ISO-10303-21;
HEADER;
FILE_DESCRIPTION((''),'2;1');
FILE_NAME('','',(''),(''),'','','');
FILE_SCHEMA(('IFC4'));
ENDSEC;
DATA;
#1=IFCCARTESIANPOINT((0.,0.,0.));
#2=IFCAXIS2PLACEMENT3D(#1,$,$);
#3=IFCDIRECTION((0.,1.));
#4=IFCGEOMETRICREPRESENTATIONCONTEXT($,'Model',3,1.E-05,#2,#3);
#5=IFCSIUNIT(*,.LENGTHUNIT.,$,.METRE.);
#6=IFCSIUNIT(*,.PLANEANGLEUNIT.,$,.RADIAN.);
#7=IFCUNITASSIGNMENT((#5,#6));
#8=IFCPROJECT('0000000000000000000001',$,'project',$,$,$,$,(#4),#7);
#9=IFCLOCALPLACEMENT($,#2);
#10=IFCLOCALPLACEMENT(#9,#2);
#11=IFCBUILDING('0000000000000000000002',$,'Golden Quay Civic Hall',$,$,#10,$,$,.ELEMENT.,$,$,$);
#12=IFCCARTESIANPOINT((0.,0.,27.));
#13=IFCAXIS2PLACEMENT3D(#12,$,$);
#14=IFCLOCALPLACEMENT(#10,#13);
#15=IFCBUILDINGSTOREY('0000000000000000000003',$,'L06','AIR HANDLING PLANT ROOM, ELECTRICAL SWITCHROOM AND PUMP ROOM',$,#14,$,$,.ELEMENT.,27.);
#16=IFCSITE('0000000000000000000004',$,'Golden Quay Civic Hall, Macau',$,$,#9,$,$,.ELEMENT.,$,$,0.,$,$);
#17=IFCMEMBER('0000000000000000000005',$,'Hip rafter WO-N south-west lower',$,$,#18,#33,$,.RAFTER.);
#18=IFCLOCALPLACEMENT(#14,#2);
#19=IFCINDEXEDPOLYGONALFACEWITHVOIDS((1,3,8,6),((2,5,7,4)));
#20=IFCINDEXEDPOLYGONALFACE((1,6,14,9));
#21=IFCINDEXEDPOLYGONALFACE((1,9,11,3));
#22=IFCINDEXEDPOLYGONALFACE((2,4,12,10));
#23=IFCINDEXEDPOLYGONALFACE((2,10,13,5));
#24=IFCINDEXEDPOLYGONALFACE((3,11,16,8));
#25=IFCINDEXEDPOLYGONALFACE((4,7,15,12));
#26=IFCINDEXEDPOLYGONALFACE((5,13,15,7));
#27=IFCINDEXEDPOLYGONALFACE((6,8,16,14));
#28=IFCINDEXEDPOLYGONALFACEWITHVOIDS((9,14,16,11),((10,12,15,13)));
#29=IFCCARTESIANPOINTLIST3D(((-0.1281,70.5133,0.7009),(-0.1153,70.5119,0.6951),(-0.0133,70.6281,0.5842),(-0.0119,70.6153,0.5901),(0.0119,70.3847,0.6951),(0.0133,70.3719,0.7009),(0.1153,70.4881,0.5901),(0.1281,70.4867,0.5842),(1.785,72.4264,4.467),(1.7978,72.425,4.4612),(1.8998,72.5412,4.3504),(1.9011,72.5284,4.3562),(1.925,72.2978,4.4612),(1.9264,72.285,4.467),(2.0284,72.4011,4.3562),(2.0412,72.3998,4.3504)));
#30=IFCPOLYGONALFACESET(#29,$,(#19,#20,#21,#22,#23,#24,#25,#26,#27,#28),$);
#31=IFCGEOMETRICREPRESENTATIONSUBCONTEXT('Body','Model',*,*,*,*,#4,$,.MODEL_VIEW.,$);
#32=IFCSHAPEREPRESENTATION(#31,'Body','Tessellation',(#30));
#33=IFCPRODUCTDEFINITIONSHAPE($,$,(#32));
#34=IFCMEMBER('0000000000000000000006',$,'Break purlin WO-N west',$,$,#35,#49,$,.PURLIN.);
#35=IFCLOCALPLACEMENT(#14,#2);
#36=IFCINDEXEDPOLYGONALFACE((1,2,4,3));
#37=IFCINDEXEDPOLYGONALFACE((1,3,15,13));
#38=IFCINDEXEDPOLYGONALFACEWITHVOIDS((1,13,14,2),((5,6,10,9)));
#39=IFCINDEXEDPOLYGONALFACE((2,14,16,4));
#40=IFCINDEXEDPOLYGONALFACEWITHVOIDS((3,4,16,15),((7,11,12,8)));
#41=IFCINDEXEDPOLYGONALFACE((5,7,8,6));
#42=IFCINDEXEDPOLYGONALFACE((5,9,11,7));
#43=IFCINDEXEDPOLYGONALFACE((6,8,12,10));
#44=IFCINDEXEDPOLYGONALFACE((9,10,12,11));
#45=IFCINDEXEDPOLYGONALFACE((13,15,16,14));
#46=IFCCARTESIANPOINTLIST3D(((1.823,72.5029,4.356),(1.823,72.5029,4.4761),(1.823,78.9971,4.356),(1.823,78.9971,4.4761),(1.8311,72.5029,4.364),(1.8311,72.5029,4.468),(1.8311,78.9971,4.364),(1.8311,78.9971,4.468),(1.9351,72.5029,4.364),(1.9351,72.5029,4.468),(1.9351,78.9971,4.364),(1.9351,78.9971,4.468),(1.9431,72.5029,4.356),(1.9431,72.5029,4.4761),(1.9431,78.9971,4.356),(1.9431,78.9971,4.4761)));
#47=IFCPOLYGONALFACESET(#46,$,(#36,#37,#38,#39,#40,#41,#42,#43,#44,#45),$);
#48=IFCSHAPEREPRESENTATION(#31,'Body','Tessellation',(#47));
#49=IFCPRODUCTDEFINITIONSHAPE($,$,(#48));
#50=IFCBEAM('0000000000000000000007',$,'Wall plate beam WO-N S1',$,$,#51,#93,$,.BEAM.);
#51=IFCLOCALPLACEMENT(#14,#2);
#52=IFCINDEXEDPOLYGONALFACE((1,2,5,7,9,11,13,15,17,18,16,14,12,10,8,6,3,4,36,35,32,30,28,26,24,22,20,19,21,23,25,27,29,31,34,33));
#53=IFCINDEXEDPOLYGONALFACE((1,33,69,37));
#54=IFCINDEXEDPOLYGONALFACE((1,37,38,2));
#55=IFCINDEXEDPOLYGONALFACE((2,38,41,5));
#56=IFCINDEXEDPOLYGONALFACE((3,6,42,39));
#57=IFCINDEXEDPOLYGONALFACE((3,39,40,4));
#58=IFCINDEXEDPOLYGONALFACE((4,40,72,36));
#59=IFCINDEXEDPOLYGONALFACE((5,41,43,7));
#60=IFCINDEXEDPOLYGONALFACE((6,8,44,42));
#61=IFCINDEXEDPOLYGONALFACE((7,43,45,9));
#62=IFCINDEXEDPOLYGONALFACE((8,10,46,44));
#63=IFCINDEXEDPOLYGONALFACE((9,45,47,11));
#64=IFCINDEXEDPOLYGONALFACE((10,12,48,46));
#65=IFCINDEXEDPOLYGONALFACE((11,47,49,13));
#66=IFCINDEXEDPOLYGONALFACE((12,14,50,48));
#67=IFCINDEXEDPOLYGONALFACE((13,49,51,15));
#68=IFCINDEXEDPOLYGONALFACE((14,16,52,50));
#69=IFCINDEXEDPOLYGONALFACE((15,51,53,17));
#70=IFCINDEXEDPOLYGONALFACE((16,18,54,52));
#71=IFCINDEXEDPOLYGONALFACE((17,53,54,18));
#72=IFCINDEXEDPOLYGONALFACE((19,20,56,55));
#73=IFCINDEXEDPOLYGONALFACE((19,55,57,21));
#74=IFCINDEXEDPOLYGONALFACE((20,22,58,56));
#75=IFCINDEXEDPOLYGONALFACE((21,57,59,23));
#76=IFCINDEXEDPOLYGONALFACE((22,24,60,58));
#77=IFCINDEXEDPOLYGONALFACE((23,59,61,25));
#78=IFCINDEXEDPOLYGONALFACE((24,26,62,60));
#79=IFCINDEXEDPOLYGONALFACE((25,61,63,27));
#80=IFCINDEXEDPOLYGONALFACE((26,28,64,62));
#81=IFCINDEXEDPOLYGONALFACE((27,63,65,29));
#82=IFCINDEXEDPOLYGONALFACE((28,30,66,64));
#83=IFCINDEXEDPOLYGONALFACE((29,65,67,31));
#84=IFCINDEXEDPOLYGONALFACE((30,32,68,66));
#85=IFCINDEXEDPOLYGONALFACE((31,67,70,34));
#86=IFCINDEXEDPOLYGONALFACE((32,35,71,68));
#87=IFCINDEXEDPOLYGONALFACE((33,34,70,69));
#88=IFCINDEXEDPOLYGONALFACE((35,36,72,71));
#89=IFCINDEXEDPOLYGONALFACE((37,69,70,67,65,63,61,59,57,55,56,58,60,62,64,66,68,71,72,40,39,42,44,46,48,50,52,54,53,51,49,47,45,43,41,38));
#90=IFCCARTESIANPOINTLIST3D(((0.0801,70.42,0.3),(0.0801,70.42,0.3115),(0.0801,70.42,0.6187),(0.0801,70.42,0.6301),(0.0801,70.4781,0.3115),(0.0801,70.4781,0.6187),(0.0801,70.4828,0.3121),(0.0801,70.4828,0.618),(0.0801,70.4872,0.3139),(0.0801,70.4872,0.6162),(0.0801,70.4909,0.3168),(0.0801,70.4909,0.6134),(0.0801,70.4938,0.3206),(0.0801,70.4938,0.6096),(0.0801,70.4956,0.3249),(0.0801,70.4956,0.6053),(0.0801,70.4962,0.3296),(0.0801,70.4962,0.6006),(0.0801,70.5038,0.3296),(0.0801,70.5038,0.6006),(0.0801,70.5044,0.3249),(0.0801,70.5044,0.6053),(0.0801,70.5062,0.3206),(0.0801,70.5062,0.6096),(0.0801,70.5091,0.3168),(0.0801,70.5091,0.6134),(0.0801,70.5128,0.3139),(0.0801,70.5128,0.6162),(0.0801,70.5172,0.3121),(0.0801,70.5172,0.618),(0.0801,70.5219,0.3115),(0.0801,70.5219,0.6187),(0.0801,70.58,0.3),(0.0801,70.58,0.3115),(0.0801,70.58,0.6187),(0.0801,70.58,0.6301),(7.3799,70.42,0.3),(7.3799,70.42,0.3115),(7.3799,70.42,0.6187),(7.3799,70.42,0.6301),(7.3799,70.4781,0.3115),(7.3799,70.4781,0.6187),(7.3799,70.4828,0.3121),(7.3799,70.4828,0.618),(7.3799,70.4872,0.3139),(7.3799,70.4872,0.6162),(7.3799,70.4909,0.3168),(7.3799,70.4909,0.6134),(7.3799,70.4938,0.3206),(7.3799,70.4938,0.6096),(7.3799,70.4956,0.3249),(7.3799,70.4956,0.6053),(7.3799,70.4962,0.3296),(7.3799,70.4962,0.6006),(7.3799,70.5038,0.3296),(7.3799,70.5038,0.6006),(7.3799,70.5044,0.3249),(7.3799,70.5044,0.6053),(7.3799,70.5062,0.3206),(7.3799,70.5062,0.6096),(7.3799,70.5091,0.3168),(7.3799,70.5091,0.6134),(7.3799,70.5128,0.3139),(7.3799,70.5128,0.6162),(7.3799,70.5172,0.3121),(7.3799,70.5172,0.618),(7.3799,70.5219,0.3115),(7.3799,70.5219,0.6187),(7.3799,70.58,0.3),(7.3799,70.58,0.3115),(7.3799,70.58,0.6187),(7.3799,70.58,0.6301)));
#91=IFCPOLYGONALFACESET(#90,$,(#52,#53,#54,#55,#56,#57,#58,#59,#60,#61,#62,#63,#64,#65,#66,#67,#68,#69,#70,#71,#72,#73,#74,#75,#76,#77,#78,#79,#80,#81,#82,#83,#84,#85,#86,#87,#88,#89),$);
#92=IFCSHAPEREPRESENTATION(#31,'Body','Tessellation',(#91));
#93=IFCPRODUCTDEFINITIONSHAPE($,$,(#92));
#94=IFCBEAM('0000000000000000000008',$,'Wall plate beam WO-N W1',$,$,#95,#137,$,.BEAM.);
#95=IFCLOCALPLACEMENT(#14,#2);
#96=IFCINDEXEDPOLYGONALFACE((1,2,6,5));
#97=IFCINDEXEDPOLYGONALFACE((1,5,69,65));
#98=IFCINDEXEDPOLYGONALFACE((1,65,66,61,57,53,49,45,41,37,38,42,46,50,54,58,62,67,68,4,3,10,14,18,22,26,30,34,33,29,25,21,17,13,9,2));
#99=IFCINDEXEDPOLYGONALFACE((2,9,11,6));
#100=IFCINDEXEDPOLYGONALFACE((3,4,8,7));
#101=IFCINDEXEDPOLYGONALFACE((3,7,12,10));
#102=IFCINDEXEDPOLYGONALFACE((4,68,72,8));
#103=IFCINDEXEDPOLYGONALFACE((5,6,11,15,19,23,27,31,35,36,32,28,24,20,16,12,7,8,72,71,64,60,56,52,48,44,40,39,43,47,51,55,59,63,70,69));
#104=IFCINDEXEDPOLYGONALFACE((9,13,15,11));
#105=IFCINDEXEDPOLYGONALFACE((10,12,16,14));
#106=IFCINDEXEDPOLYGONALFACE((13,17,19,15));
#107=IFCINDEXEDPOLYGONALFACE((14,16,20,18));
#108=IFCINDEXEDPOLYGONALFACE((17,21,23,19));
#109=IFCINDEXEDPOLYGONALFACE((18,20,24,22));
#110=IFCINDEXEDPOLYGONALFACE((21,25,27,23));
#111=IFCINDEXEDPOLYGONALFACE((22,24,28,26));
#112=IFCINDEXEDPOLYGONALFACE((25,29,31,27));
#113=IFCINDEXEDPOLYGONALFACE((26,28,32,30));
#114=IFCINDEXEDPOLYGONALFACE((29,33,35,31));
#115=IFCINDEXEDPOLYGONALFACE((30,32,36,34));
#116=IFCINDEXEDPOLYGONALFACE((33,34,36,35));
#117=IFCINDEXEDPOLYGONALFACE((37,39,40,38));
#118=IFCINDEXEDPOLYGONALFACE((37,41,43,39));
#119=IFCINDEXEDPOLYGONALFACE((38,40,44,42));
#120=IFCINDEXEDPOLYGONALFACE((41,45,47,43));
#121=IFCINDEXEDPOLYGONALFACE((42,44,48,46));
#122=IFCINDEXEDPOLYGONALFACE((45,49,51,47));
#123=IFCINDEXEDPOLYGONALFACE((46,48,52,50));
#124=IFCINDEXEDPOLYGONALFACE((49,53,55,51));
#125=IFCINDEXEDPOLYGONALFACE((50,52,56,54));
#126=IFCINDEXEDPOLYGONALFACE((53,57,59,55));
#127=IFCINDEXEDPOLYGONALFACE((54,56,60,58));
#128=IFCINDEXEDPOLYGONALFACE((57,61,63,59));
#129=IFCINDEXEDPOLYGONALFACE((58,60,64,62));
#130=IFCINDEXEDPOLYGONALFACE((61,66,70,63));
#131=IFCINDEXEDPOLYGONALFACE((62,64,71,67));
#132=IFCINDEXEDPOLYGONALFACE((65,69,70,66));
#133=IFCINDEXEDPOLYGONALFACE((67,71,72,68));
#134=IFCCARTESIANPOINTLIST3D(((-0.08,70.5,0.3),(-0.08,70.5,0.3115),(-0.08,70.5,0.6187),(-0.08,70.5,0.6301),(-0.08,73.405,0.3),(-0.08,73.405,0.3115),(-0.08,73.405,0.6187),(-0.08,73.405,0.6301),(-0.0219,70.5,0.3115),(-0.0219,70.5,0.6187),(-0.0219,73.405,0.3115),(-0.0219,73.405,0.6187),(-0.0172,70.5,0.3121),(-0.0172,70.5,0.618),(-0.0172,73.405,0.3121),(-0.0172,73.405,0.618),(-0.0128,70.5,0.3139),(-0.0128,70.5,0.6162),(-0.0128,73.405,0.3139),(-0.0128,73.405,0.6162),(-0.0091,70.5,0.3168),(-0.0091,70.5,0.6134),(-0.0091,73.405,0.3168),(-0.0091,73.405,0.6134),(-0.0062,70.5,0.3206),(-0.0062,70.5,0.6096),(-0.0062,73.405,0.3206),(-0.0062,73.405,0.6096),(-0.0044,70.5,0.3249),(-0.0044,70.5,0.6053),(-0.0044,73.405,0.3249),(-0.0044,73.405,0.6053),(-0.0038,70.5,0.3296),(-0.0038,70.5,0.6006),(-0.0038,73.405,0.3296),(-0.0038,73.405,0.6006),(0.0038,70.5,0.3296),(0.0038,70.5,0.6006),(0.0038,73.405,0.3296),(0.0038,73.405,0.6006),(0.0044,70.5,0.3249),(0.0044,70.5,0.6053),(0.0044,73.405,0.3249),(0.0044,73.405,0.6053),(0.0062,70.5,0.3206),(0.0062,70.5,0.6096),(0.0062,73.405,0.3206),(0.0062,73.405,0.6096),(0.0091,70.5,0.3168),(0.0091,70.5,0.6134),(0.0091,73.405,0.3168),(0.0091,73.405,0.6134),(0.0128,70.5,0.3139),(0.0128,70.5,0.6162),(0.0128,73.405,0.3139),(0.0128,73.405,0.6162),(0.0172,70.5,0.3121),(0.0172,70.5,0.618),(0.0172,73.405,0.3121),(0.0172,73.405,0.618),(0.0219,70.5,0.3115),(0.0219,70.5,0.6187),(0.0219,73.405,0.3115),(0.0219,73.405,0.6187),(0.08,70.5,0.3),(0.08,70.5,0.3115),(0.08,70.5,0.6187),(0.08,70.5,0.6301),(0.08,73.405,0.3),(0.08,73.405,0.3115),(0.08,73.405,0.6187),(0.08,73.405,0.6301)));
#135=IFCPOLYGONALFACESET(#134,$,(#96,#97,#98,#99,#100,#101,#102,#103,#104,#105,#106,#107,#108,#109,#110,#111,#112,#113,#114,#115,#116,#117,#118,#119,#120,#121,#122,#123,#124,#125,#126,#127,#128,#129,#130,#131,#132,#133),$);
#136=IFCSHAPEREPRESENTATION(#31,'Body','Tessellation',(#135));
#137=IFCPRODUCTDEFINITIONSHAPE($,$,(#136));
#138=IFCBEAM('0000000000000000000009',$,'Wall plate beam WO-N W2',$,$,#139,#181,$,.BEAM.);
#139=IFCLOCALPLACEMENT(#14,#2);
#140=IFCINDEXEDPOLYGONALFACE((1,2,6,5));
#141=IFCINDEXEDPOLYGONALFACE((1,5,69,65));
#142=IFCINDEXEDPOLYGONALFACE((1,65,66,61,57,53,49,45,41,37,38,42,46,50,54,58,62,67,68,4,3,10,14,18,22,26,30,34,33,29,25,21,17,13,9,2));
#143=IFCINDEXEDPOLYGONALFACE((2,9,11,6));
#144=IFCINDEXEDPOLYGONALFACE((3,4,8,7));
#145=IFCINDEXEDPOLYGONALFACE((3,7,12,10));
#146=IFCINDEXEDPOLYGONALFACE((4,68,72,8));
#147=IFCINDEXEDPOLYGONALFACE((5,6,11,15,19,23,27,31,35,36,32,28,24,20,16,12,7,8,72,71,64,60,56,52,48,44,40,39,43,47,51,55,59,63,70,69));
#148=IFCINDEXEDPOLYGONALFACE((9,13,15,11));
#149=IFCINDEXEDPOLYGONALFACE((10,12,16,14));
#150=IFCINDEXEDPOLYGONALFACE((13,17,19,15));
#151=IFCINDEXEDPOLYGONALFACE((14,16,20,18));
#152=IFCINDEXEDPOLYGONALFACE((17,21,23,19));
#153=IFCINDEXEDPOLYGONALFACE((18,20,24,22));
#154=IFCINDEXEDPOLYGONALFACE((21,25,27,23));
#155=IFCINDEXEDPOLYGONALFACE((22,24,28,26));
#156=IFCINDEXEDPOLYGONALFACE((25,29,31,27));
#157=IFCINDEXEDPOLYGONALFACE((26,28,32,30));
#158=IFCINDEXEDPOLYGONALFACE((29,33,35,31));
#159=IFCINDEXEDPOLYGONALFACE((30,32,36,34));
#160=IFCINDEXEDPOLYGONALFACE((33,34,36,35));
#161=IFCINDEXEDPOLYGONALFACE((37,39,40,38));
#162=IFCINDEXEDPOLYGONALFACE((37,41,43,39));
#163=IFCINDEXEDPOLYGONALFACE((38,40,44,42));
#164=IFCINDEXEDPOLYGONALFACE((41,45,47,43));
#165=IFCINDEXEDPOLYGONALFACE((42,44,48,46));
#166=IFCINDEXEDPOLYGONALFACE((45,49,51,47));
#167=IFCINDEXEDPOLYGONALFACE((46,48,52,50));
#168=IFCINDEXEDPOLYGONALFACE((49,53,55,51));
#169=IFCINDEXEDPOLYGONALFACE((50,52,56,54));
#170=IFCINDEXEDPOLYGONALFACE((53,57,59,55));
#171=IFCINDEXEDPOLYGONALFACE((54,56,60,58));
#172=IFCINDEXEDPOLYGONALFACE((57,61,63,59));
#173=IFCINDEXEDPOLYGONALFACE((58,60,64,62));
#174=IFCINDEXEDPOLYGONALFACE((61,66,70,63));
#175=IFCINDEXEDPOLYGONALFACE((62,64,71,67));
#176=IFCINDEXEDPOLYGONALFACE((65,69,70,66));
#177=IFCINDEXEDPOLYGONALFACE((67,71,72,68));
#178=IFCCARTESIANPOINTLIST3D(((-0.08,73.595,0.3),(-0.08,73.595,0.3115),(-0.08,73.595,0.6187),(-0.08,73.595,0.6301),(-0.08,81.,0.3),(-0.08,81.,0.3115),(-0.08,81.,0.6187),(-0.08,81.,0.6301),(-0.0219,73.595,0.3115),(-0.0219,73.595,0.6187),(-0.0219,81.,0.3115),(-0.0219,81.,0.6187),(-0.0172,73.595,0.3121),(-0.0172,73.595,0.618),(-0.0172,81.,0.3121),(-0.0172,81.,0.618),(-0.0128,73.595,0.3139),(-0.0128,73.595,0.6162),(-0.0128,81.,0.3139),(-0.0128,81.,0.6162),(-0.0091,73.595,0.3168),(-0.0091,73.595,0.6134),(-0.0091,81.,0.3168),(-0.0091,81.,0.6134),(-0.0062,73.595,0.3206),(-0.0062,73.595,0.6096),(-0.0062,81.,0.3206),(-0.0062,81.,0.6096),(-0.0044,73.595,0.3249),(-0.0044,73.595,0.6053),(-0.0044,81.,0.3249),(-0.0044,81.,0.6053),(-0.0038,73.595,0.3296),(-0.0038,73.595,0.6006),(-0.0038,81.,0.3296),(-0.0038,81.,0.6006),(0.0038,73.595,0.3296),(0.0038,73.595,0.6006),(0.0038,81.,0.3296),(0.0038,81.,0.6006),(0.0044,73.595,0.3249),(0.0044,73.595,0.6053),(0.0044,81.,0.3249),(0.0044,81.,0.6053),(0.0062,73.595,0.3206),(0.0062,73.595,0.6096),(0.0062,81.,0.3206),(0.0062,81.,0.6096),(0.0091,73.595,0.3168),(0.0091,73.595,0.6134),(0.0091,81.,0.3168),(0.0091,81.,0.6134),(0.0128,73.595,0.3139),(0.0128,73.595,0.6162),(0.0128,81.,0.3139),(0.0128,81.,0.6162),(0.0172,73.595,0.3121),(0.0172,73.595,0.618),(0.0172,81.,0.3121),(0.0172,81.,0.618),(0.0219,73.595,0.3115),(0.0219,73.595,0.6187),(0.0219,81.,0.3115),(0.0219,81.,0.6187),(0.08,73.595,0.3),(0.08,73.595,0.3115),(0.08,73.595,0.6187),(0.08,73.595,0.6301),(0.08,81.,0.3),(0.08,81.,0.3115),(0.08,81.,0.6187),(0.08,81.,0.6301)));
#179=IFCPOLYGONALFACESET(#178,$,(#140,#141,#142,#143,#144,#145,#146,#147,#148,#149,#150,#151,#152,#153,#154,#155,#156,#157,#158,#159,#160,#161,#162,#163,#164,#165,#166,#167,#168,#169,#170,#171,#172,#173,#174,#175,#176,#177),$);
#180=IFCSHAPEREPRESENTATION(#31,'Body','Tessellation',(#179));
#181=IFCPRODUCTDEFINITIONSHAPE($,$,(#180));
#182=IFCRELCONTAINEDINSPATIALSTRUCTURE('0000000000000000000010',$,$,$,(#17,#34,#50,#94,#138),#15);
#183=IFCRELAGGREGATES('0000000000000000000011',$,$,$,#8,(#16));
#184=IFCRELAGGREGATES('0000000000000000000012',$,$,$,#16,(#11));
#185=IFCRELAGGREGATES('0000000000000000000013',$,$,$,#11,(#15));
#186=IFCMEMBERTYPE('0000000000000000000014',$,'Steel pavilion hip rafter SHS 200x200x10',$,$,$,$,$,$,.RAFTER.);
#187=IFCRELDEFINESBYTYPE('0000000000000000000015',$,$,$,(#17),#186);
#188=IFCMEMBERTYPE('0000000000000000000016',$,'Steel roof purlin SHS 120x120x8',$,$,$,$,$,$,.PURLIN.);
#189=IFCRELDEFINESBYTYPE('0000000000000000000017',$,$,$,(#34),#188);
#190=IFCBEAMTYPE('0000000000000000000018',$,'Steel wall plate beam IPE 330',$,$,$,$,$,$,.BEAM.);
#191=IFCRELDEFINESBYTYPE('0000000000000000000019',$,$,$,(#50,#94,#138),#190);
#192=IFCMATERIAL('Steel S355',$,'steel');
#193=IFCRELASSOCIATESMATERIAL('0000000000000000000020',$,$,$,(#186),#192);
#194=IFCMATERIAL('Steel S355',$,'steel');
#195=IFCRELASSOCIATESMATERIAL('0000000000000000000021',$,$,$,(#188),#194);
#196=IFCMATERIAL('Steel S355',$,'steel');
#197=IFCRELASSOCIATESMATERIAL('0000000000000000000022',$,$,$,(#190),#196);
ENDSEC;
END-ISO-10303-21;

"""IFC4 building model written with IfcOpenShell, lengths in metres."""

from ifc_helpers import new_model, si_unit, direction, frame, origin, origin_2d, place, context, subcontext, project, spatial, hollow_rectangle, i_section, extrude, material, material_profile, profile_set, type_object, element, save


model = new_model("IFC4")

# Units and contexts
model_context = context("Model", 3, precision=1e-05, world=origin(), true_north=direction((0.0, 1.0)))
body_context = subcontext(model_context, "Body", "Model", "MODEL_VIEW")
ifc_project = project(units=[si_unit("LENGTHUNIT", "METRE"), si_unit("PLANEANGLEUNIT", "RADIAN")], contexts=[model_context])

# Site, building, storey
site_placement = place(None, origin())
site = spatial("IfcSite", under=ifc_project, at=site_placement, Name="Golden Quay Civic Hall, Macau", CompositionType="ELEMENT", RefElevation=0.0)
building_placement = place(site_placement, origin())
building = spatial("IfcBuilding", under=site, at=building_placement, Name="Golden Quay Civic Hall", CompositionType="ELEMENT")
storey_placement = place(building_placement, frame((0.0, 0.0, 27.0)))
storey = spatial("IfcBuildingStorey", under=building, at=storey_placement, Name="L06", Description="AIR HANDLING PLANT ROOM, ELECTRICAL SWITCHROOM AND PUMP ROOM", CompositionType="ELEMENT", Elevation=27.0)

# Members
ifc_material_1 = material(Name="Steel S355", Category="steel")
ifc_material_profile_1 = material_profile(ifc_material_1, hollow_rectangle(XDim=0.2, YDim=0.2, WallThickness=0.01, at=origin_2d()), Name="SHS 200x200x10")
ifc_profile_set_1 = profile_set([ifc_material_profile_1], Name="Steel S355")
member_type_1 = type_object("IfcMemberType", Name="Steel pavilion hip rafter SHS 200x200x10", PredefinedType="RAFTER", material=ifc_profile_set_1)
member_1_placement = place(storey_placement, frame((0.0, 70.5, 0.6426), z_axis=(0.412554, 0.412554, 0.812157), x_axis=(-0.707107, 0.707107, 0.0)))
element("IfcMember", 1, at=member_1_placement, inside=storey, type_object=member_type_1, Name="Hip rafter WO-N south-west lower", PredefinedType="RAFTER", context=body_context, shape_type="SweptSolid", body=[
    extrude(hollow_rectangle(XDim=0.2, YDim=0.2, WallThickness=0.01, at=origin_2d()), origin(), (0.0, 0.0, 1.0), 4.6372),
])
ifc_material_2 = material(Name="Steel S355", Category="steel")
ifc_material_profile_2 = material_profile(ifc_material_2, hollow_rectangle(XDim=0.1201, YDim=0.1201, WallThickness=0.0081, at=origin_2d()), Name="SHS 120x120x8")
ifc_profile_set_2 = profile_set([ifc_material_profile_2], Name="Steel S355")
member_type_2 = type_object("IfcMemberType", Name="Steel roof purlin SHS 120x120x8", PredefinedType="PURLIN", material=ifc_profile_set_2)
member_2_placement = place(storey_placement, frame((1.8831, 72.5029, 4.416), z_axis=(0.0, 1.0, 0.0), x_axis=(-1.0, 0.0, 0.0)))
element("IfcMember", 2, at=member_2_placement, inside=storey, type_object=member_type_2, Name="Break purlin WO-N west", PredefinedType="PURLIN", context=body_context, shape_type="SweptSolid", body=[
    extrude(hollow_rectangle(XDim=0.1201, YDim=0.1201, WallThickness=0.0081, at=origin_2d()), origin(), (0.0, 0.0, 1.0), 6.4941),
])

# Beams
ifc_material_3 = material(Name="Steel S355", Category="steel")
ifc_material_profile_3 = material_profile(ifc_material_3, i_section(OverallWidth=0.1599, OverallDepth=0.3301, WebThickness=0.0076, FlangeThickness=0.0115, FilletRadius=0.0181, at=origin_2d()), Name="IPE 330")
ifc_profile_set_3 = profile_set([ifc_material_profile_3], Name="Steel S355")
beam_type_1 = type_object("IfcBeamType", Name="Steel wall plate beam IPE 330", PredefinedType="BEAM", material=ifc_profile_set_3)
beam_1_placement = place(storey_placement, frame((0.0801, 70.5, 0.4651), z_axis=(1.0, 0.0, 0.0), x_axis=(0.0, 1.0, 0.0)))
element("IfcBeam", 3, at=beam_1_placement, inside=storey, type_object=beam_type_1, Name="Wall plate beam WO-N S1", PredefinedType="BEAM", context=body_context, shape_type="SweptSolid", body=[
    extrude(i_section(OverallWidth=0.1599, OverallDepth=0.3301, WebThickness=0.0076, FlangeThickness=0.0115, FilletRadius=0.0181, at=origin_2d()), origin(), (0.0, 0.0, 1.0), 7.2998),
])
beam_2_placement = place(storey_placement, frame((0.0, 70.5, 0.4651), z_axis=(0.0, 1.0, 0.0), x_axis=(-1.0, 0.0, 0.0)))
element("IfcBeam", 4, at=beam_2_placement, inside=storey, type_object=beam_type_1, Name="Wall plate beam WO-N W1", PredefinedType="BEAM", context=body_context, shape_type="SweptSolid", body=[
    extrude(i_section(OverallWidth=0.1599, OverallDepth=0.3301, WebThickness=0.0076, FlangeThickness=0.0115, FilletRadius=0.0181, at=origin_2d()), origin(), (0.0, 0.0, 1.0), 2.905),
])
beam_3_placement = place(storey_placement, frame((0.0, 73.595, 0.4651), z_axis=(0.0, 1.0, 0.0), x_axis=(-1.0, 0.0, 0.0)))
element("IfcBeam", 5, at=beam_3_placement, inside=storey, type_object=beam_type_1, Name="Wall plate beam WO-N W2", PredefinedType="BEAM", context=body_context, shape_type="SweptSolid", body=[
    extrude(i_section(OverallWidth=0.1599, OverallDepth=0.3301, WebThickness=0.0076, FlangeThickness=0.0115, FilletRadius=0.0181, at=origin_2d()), origin(), (0.0, 0.0, 1.0), 7.405),
])

save(model, "model.ifc")
